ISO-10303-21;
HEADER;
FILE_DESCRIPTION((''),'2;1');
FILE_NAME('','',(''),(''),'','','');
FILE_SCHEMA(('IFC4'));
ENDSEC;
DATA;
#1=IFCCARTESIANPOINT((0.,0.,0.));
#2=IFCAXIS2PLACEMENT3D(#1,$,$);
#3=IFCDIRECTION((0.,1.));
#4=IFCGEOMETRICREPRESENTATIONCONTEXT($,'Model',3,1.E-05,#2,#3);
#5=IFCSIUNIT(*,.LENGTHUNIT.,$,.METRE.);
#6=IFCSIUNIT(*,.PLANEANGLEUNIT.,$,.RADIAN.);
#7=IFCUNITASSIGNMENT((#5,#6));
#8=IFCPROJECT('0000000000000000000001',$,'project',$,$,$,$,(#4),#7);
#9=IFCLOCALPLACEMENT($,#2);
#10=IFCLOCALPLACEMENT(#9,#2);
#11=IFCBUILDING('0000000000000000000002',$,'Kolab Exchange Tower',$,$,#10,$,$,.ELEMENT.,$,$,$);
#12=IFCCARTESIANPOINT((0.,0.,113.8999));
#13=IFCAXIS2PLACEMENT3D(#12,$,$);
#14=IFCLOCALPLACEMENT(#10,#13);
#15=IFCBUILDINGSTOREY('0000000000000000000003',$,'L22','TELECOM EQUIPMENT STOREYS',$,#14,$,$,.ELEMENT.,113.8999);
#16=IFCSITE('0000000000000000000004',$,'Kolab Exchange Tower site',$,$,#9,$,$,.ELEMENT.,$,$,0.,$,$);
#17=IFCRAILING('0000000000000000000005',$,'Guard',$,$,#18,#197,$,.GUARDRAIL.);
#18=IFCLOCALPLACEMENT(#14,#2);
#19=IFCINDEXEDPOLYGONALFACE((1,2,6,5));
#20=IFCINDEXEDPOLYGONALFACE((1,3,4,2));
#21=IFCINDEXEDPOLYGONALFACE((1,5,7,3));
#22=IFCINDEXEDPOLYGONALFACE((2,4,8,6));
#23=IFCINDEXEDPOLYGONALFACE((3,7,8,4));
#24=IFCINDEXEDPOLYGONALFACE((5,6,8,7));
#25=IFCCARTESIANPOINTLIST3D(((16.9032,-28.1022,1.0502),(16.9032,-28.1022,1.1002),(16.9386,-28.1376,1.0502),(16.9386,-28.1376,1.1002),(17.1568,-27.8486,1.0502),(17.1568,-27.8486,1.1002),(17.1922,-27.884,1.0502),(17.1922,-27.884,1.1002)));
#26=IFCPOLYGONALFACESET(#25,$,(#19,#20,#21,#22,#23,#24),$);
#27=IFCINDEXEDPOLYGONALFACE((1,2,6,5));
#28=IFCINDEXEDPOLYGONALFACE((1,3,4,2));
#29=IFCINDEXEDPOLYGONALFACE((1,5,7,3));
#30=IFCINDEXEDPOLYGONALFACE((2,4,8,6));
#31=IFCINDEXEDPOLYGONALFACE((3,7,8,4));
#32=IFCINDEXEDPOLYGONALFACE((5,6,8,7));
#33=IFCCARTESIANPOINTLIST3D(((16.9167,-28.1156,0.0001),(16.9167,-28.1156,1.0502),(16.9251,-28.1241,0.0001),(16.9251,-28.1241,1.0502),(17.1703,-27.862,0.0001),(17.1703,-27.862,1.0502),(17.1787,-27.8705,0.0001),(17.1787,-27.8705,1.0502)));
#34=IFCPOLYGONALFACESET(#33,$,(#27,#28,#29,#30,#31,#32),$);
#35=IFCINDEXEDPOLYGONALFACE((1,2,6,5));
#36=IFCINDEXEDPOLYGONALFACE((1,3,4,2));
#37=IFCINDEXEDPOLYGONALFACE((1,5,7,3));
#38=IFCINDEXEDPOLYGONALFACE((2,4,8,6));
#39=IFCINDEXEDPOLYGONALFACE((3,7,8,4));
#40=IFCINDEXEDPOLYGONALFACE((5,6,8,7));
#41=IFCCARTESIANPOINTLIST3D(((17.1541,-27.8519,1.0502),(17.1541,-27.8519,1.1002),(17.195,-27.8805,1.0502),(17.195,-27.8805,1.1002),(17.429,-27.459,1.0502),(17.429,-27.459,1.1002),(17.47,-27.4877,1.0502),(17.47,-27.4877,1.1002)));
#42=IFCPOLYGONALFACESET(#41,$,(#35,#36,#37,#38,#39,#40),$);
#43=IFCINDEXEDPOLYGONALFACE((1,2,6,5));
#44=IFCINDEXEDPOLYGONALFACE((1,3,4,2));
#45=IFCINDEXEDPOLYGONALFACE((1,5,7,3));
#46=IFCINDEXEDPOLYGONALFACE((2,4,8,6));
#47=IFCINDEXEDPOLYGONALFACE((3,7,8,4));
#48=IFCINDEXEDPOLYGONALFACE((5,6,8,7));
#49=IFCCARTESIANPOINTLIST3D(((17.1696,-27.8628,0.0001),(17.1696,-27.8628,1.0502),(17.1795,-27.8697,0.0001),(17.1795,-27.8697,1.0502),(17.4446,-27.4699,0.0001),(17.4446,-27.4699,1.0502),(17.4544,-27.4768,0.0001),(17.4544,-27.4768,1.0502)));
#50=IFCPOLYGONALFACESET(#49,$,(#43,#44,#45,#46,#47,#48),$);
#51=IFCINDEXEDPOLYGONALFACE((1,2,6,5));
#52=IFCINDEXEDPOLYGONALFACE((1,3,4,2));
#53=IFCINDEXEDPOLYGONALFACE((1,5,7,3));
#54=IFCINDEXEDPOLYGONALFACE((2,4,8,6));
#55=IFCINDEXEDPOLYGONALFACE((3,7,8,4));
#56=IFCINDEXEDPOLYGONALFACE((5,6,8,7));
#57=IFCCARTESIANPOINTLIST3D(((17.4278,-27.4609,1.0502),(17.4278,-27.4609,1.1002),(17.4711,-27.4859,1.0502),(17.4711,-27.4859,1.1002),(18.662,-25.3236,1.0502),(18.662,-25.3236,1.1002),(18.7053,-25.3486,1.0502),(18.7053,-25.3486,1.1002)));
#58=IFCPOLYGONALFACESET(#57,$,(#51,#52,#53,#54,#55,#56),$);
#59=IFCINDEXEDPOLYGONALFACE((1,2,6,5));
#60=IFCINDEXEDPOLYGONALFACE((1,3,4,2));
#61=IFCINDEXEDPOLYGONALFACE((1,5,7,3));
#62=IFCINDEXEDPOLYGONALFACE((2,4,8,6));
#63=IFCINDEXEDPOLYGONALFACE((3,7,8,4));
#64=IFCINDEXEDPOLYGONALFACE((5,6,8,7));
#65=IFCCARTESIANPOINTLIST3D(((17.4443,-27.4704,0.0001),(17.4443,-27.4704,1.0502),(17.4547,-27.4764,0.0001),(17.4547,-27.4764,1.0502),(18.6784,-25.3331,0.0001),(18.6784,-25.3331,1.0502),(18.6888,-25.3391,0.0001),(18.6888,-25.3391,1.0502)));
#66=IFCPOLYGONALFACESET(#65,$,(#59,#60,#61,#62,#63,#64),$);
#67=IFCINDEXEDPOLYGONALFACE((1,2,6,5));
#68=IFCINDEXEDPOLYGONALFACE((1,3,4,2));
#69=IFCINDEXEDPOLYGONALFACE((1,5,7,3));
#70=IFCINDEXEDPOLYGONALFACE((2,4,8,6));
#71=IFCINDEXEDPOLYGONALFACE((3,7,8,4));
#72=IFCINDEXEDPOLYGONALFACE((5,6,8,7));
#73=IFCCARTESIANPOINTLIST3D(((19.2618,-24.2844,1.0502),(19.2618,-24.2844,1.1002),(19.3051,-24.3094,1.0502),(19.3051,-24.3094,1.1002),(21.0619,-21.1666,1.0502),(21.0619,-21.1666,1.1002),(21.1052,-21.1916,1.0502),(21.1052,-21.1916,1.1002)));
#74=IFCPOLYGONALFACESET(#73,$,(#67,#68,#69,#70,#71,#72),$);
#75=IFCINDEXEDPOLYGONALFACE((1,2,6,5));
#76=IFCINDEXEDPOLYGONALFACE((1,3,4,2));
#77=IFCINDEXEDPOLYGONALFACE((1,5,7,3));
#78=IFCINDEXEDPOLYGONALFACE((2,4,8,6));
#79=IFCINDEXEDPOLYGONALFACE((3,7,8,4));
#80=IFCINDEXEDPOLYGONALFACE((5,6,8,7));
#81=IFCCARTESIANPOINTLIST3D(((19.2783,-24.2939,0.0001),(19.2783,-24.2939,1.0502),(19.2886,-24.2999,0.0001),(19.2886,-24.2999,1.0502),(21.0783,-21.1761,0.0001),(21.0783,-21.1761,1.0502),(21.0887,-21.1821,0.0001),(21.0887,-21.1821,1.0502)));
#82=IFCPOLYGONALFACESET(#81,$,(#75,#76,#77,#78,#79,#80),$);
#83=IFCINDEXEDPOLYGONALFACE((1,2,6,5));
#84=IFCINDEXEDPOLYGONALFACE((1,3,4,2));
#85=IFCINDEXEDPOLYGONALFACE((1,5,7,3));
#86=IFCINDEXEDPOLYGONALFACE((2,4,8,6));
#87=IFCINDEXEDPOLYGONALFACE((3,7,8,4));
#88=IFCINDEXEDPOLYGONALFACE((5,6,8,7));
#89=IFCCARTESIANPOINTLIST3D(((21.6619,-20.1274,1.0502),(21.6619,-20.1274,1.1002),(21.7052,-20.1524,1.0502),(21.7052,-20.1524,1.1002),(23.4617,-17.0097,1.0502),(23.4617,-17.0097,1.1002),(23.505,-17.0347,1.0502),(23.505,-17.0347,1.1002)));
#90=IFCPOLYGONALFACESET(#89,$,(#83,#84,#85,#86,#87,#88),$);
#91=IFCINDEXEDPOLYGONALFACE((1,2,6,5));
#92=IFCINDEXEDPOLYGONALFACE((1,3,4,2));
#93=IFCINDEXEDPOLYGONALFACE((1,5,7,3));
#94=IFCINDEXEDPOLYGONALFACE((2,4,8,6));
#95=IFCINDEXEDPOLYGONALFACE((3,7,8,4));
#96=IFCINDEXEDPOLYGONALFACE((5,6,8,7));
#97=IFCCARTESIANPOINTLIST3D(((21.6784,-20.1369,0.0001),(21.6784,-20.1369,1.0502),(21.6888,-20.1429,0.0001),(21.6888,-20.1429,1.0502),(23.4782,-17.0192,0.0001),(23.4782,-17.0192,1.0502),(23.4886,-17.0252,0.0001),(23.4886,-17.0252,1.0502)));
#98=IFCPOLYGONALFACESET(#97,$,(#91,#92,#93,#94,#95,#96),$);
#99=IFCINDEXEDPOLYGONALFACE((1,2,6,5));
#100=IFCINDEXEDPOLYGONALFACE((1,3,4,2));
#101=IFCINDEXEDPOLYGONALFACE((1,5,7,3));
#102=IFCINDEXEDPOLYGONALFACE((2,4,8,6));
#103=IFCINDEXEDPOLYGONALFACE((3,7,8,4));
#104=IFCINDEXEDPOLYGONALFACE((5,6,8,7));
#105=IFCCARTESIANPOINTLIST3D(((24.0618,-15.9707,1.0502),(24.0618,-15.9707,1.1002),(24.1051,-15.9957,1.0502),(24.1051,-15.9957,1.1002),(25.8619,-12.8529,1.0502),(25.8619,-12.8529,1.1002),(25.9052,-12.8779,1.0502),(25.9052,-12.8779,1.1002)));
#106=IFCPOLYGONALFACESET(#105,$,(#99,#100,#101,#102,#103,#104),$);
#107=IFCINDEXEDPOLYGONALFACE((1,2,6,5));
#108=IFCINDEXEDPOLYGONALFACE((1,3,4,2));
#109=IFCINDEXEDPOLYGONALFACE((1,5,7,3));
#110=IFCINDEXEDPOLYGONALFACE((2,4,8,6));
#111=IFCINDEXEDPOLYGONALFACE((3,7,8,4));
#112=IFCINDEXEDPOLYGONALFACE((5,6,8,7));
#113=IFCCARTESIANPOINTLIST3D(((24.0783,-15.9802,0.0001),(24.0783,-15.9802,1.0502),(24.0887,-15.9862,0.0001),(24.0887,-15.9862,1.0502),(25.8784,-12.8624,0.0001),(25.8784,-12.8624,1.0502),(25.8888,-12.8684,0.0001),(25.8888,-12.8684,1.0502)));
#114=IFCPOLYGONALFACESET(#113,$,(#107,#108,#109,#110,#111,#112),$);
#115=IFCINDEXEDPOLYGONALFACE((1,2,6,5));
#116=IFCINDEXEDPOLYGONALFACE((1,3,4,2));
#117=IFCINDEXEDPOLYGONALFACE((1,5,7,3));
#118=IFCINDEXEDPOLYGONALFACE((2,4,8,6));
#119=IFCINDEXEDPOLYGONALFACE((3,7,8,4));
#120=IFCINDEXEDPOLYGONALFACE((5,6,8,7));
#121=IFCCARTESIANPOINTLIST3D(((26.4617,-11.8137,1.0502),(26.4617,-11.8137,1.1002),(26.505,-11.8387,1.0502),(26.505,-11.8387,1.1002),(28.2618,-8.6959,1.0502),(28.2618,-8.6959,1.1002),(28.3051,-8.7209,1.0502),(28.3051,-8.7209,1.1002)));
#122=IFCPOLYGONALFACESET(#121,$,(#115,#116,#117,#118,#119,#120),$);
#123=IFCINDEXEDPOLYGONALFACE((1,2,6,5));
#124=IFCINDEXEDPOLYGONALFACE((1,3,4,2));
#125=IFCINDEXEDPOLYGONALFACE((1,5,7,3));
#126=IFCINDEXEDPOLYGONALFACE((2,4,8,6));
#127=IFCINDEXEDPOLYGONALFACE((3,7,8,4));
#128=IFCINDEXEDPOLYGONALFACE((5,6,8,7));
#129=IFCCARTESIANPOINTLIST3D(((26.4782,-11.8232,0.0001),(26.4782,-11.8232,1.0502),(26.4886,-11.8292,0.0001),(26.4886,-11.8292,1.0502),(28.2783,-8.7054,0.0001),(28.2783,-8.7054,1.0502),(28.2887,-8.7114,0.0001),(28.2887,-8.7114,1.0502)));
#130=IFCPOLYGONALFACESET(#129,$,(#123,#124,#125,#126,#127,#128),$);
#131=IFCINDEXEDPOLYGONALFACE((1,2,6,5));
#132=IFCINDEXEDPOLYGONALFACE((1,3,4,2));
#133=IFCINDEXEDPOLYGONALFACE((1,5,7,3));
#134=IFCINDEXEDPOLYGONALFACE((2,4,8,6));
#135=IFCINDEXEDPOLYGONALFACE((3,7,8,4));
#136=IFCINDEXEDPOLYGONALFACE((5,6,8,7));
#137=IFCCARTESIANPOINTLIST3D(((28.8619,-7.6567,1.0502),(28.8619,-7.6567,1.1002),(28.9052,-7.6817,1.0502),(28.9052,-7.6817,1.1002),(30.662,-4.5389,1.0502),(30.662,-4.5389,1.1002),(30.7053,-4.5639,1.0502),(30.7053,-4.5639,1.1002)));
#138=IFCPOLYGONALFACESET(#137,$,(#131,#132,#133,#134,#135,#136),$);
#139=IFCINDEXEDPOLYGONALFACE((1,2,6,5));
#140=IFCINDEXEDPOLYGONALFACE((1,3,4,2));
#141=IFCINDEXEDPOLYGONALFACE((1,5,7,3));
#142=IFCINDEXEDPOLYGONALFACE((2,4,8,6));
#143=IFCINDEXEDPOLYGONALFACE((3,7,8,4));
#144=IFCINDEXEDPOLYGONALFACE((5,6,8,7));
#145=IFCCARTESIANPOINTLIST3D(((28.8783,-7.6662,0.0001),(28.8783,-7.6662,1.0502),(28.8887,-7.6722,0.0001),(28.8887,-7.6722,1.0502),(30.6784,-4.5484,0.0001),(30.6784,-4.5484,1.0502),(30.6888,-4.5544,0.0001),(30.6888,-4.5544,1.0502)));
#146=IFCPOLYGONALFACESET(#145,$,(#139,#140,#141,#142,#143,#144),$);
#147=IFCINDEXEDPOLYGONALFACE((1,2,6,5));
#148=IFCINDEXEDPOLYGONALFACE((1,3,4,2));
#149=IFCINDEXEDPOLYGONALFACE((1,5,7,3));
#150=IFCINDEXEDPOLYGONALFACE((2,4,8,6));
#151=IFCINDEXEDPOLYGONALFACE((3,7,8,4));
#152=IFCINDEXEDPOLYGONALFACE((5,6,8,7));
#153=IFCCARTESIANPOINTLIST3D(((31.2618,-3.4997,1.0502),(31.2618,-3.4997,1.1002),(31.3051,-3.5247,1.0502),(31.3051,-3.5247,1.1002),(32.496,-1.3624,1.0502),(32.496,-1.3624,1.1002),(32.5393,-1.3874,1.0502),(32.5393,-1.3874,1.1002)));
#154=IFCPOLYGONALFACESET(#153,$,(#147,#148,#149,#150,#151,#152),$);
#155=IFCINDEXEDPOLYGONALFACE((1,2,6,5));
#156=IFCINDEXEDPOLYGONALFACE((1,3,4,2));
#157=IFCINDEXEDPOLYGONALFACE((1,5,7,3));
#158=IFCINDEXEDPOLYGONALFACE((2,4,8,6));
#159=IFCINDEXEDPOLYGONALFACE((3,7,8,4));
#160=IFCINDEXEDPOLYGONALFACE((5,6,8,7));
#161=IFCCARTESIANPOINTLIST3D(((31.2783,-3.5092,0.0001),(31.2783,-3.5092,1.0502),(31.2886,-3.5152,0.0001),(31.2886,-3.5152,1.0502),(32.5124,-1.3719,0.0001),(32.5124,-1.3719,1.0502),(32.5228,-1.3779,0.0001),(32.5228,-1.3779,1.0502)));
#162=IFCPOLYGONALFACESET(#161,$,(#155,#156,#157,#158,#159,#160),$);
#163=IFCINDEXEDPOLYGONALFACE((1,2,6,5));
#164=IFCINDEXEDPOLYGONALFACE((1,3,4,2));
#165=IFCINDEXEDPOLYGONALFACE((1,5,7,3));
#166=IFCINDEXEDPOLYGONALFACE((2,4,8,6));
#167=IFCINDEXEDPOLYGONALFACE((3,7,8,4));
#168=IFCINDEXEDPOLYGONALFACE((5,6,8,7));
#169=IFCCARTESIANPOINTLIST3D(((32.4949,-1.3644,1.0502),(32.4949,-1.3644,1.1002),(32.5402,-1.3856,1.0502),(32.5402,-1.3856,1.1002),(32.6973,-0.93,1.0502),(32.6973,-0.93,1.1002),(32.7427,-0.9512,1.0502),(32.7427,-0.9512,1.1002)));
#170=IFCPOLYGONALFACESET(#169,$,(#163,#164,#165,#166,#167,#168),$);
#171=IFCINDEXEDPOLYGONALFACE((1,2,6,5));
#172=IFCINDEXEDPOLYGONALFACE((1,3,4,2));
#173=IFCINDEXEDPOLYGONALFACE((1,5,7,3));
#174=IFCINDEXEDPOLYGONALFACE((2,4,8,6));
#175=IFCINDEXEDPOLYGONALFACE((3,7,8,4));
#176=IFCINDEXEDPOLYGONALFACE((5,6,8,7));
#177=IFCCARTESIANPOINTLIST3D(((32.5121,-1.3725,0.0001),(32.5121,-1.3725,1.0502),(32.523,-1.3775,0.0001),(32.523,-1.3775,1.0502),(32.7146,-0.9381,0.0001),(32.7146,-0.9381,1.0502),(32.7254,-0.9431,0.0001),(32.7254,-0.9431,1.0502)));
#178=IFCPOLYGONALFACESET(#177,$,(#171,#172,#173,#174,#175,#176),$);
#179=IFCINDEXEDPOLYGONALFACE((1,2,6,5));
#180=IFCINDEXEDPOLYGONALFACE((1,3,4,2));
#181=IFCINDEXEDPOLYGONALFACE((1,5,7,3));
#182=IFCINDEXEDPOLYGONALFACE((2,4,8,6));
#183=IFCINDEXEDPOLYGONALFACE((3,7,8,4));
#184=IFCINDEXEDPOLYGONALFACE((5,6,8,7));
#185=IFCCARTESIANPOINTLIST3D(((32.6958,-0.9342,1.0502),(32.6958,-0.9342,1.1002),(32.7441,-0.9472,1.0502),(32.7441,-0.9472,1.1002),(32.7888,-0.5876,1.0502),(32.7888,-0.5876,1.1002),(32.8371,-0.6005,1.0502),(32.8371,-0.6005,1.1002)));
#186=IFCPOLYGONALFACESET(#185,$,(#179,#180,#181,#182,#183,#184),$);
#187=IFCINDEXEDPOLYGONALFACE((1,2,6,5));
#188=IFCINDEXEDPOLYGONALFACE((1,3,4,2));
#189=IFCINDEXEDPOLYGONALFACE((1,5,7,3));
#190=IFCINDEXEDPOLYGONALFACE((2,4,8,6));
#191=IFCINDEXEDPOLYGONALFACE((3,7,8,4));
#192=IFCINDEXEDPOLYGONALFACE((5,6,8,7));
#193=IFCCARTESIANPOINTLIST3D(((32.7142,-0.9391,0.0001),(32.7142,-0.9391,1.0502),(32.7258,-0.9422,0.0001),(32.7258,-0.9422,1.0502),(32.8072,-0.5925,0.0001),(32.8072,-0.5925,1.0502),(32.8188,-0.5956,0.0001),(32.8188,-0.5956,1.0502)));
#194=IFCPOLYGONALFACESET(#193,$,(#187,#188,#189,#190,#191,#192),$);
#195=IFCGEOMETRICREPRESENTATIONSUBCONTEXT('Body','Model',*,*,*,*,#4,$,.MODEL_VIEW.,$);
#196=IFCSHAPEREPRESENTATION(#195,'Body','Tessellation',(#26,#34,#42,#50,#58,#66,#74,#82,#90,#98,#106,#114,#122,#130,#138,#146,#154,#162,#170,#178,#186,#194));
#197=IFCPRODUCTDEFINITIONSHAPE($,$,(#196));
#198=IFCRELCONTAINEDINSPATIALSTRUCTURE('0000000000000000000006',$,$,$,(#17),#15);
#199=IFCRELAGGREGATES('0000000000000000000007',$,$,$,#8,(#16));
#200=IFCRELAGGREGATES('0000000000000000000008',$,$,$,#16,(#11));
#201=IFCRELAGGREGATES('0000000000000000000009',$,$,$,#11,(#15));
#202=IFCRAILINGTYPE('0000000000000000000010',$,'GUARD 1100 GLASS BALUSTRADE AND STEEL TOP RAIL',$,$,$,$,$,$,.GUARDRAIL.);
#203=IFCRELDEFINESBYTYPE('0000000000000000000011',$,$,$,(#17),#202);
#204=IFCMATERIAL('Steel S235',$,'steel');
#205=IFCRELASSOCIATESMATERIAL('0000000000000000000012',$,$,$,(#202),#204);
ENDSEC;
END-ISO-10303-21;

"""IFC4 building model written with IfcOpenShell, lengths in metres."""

from ifc_helpers import new_model, si_unit, direction, frame, frame_2d, origin, origin_2d, place, context, subcontext, project, spatial, rectangle, extrude, material, type_object, element, save


model = new_model("IFC4")

# Units and contexts
model_context = context("Model", 3, precision=1e-05, world=origin(), true_north=direction((0.0, 1.0)))
body_context = subcontext(model_context, "Body", "Model", "MODEL_VIEW")
ifc_project = project(units=[si_unit("LENGTHUNIT", "METRE"), si_unit("PLANEANGLEUNIT", "RADIAN")], contexts=[model_context])

# Site, building, storey
site_placement = place(None, origin())
site = spatial("IfcSite", under=ifc_project, at=site_placement, Name="Kolab Exchange Tower site", CompositionType="ELEMENT", RefElevation=0.0)
building_placement = place(site_placement, origin())
building = spatial("IfcBuilding", under=site, at=building_placement, Name="Kolab Exchange Tower", CompositionType="ELEMENT")
storey_placement = place(building_placement, frame((0.0, 0.0, 113.8999)))
storey = spatial("IfcBuildingStorey", under=building, at=storey_placement, Name="L22", Description="TELECOM EQUIPMENT STOREYS", CompositionType="ELEMENT", Elevation=113.8999)

# Shared definitions
ifc_material_1 = material(Name="Steel S235", Category="steel")

# Railing
railing_type = type_object("IfcRailingType", Name="GUARD 1100 GLASS BALUSTRADE AND STEEL TOP RAIL", PredefinedType="GUARDRAIL", material=ifc_material_1)
railing_placement = place(storey_placement, frame((16.9209, -28.1199, 0.0)))
element("IfcRailing", 1, at=railing_placement, inside=storey, type_object=railing_type, Name="Guard", PredefinedType="GUARDRAIL", context=body_context, shape_type="SweptSolid", body=[
    extrude(rectangle(XDim=0.05, YDim=0.05, at=origin_2d()), frame((0.0, 0.0, 1.0752), z_axis=(0.707107, 0.707107, 0.0), x_axis=(-0.707107, 0.707107, 0.0)), (0.0, 0.0, 1.0), 0.3586),
    extrude(rectangle(XDim=0.012, YDim=1.0501, at=frame_2d((0.0, 0.5251))), frame((0.0, 0.0, 0.0), z_axis=(0.707107, 0.707107, 0.0), x_axis=(-0.707107, 0.707107, 0.0)), (0.0, 0.0, 1.0), 0.3586),
    extrude(rectangle(XDim=0.05, YDim=0.05, at=origin_2d()), frame((0.2537, 0.2537, 1.0752), z_axis=(0.57336, 0.819304, 0.0), x_axis=(-0.819304, 0.57336, 0.0)), (0.0, 0.0, 1.0), 0.4795),
    extrude(rectangle(XDim=0.012, YDim=1.0501, at=frame_2d((0.0, 0.5251))), frame((0.2537, 0.2537, 0.0), z_axis=(0.57336, 0.819304, 0.0), x_axis=(-0.819304, 0.57336, 0.0)), (0.0, 0.0, 1.0), 0.4795),
    extrude(rectangle(XDim=0.05, YDim=0.05, at=origin_2d()), frame((0.5286, 0.6465, 1.0752), z_axis=(0.500065, 0.865988, 0.0), x_axis=(-0.865988, 0.500065, 0.0)), (0.0, 0.0, 1.0), 2.468),
    extrude(rectangle(XDim=0.012, YDim=1.0501, at=frame_2d((0.0, 0.5251))), frame((0.5286, 0.6465, 0.0), z_axis=(0.500065, 0.865988, 0.0), x_axis=(-0.865988, 0.500065, 0.0)), (0.0, 0.0, 1.0), 2.468),
    extrude(rectangle(XDim=0.05, YDim=0.05, at=origin_2d()), frame((2.3625, 3.823, 1.0752), z_axis=(0.500012, 0.866018, 0.0), x_axis=(-0.866018, 0.500012, 0.0)), (0.0, 0.0, 1.0), 3.6001),
    extrude(rectangle(XDim=0.012, YDim=1.0501, at=frame_2d((0.0, 0.5251))), frame((2.3625, 3.823, 0.0), z_axis=(0.500012, 0.866018, 0.0), x_axis=(-0.866018, 0.500012, 0.0)), (0.0, 0.0, 1.0), 3.6001),
    extrude(rectangle(XDim=0.05, YDim=0.05, at=origin_2d()), frame((4.7627, 7.98, 1.0752), z_axis=(0.499961, 0.866048, 0.0), x_axis=(-0.866048, 0.499961, 0.0)), (0.0, 0.0, 1.0), 3.5999),
    extrude(rectangle(XDim=0.012, YDim=1.0501, at=frame_2d((0.0, 0.5251))), frame((4.7627, 7.98, 0.0), z_axis=(0.499961, 0.866048, 0.0), x_axis=(-0.866048, 0.499961, 0.0)), (0.0, 0.0, 1.0), 3.5999),
    extrude(rectangle(XDim=0.05, YDim=0.05, at=origin_2d()), frame((7.1626, 12.1367, 1.0752), z_axis=(0.500012, 0.866018, 0.0), x_axis=(-0.866018, 0.500012, 0.0)), (0.0, 0.0, 1.0), 3.6001),
    extrude(rectangle(XDim=0.012, YDim=1.0501, at=frame_2d((0.0, 0.5251))), frame((7.1626, 12.1367, 0.0), z_axis=(0.500012, 0.866018, 0.0), x_axis=(-0.866018, 0.500012, 0.0)), (0.0, 0.0, 1.0), 3.6001),
    extrude(rectangle(XDim=0.05, YDim=0.05, at=origin_2d()), frame((9.5625, 16.2937, 1.0752), z_axis=(0.500012, 0.866018, 0.0), x_axis=(-0.866018, 0.500012, 0.0)), (0.0, 0.0, 1.0), 3.6001),
    extrude(rectangle(XDim=0.012, YDim=1.0501, at=frame_2d((0.0, 0.5251))), frame((9.5625, 16.2937, 0.0), z_axis=(0.500012, 0.866018, 0.0), x_axis=(-0.866018, 0.500012, 0.0)), (0.0, 0.0, 1.0), 3.6001),
    extrude(rectangle(XDim=0.05, YDim=0.05, at=origin_2d()), frame((11.9626, 20.4507, 1.0752), z_axis=(0.500012, 0.866018, 0.0), x_axis=(-0.866018, 0.500012, 0.0)), (0.0, 0.0, 1.0), 3.6001),
    extrude(rectangle(XDim=0.012, YDim=1.0501, at=frame_2d((0.0, 0.5251))), frame((11.9626, 20.4507, 0.0), z_axis=(0.500012, 0.866018, 0.0), x_axis=(-0.866018, 0.500012, 0.0)), (0.0, 0.0, 1.0), 3.6001),
    extrude(rectangle(XDim=0.05, YDim=0.05, at=origin_2d()), frame((14.3625, 24.6077, 1.0752), z_axis=(0.500065, 0.865988, 0.0), x_axis=(-0.865988, 0.500065, 0.0)), (0.0, 0.0, 1.0), 2.468),
    extrude(rectangle(XDim=0.012, YDim=1.0501, at=frame_2d((0.0, 0.5251))), frame((14.3625, 24.6077, 0.0), z_axis=(0.500065, 0.865988, 0.0), x_axis=(-0.865988, 0.500065, 0.0)), (0.0, 0.0, 1.0), 2.468),
    extrude(rectangle(XDim=0.05, YDim=0.05, at=origin_2d()), frame((15.5967, 26.7449, 1.0752), z_axis=(0.422383, 0.906417, 0.0), x_axis=(-0.906417, 0.422383, 0.0)), (0.0, 0.0, 1.0), 0.4792),
    extrude(rectangle(XDim=0.012, YDim=1.0501, at=frame_2d((0.0, 0.5251))), frame((15.5967, 26.7449, 0.0), z_axis=(0.422383, 0.906417, 0.0), x_axis=(-0.906417, 0.422383, 0.0)), (0.0, 0.0, 1.0), 0.4792),
    extrude(rectangle(XDim=0.05, YDim=0.05, at=origin_2d()), frame((15.7991, 27.1792, 1.0752), z_axis=(0.259144, 0.965839, 0.0), x_axis=(-0.965839, 0.259144, 0.0)), (0.0, 0.0, 1.0), 0.3589),
    extrude(rectangle(XDim=0.012, YDim=1.0501, at=frame_2d((0.0, 0.5251))), frame((15.7991, 27.1792, 0.0), z_axis=(0.259144, 0.965839, 0.0), x_axis=(-0.965839, 0.259144, 0.0)), (0.0, 0.0, 1.0), 0.3589),
])

save(model, "model.ifc")
